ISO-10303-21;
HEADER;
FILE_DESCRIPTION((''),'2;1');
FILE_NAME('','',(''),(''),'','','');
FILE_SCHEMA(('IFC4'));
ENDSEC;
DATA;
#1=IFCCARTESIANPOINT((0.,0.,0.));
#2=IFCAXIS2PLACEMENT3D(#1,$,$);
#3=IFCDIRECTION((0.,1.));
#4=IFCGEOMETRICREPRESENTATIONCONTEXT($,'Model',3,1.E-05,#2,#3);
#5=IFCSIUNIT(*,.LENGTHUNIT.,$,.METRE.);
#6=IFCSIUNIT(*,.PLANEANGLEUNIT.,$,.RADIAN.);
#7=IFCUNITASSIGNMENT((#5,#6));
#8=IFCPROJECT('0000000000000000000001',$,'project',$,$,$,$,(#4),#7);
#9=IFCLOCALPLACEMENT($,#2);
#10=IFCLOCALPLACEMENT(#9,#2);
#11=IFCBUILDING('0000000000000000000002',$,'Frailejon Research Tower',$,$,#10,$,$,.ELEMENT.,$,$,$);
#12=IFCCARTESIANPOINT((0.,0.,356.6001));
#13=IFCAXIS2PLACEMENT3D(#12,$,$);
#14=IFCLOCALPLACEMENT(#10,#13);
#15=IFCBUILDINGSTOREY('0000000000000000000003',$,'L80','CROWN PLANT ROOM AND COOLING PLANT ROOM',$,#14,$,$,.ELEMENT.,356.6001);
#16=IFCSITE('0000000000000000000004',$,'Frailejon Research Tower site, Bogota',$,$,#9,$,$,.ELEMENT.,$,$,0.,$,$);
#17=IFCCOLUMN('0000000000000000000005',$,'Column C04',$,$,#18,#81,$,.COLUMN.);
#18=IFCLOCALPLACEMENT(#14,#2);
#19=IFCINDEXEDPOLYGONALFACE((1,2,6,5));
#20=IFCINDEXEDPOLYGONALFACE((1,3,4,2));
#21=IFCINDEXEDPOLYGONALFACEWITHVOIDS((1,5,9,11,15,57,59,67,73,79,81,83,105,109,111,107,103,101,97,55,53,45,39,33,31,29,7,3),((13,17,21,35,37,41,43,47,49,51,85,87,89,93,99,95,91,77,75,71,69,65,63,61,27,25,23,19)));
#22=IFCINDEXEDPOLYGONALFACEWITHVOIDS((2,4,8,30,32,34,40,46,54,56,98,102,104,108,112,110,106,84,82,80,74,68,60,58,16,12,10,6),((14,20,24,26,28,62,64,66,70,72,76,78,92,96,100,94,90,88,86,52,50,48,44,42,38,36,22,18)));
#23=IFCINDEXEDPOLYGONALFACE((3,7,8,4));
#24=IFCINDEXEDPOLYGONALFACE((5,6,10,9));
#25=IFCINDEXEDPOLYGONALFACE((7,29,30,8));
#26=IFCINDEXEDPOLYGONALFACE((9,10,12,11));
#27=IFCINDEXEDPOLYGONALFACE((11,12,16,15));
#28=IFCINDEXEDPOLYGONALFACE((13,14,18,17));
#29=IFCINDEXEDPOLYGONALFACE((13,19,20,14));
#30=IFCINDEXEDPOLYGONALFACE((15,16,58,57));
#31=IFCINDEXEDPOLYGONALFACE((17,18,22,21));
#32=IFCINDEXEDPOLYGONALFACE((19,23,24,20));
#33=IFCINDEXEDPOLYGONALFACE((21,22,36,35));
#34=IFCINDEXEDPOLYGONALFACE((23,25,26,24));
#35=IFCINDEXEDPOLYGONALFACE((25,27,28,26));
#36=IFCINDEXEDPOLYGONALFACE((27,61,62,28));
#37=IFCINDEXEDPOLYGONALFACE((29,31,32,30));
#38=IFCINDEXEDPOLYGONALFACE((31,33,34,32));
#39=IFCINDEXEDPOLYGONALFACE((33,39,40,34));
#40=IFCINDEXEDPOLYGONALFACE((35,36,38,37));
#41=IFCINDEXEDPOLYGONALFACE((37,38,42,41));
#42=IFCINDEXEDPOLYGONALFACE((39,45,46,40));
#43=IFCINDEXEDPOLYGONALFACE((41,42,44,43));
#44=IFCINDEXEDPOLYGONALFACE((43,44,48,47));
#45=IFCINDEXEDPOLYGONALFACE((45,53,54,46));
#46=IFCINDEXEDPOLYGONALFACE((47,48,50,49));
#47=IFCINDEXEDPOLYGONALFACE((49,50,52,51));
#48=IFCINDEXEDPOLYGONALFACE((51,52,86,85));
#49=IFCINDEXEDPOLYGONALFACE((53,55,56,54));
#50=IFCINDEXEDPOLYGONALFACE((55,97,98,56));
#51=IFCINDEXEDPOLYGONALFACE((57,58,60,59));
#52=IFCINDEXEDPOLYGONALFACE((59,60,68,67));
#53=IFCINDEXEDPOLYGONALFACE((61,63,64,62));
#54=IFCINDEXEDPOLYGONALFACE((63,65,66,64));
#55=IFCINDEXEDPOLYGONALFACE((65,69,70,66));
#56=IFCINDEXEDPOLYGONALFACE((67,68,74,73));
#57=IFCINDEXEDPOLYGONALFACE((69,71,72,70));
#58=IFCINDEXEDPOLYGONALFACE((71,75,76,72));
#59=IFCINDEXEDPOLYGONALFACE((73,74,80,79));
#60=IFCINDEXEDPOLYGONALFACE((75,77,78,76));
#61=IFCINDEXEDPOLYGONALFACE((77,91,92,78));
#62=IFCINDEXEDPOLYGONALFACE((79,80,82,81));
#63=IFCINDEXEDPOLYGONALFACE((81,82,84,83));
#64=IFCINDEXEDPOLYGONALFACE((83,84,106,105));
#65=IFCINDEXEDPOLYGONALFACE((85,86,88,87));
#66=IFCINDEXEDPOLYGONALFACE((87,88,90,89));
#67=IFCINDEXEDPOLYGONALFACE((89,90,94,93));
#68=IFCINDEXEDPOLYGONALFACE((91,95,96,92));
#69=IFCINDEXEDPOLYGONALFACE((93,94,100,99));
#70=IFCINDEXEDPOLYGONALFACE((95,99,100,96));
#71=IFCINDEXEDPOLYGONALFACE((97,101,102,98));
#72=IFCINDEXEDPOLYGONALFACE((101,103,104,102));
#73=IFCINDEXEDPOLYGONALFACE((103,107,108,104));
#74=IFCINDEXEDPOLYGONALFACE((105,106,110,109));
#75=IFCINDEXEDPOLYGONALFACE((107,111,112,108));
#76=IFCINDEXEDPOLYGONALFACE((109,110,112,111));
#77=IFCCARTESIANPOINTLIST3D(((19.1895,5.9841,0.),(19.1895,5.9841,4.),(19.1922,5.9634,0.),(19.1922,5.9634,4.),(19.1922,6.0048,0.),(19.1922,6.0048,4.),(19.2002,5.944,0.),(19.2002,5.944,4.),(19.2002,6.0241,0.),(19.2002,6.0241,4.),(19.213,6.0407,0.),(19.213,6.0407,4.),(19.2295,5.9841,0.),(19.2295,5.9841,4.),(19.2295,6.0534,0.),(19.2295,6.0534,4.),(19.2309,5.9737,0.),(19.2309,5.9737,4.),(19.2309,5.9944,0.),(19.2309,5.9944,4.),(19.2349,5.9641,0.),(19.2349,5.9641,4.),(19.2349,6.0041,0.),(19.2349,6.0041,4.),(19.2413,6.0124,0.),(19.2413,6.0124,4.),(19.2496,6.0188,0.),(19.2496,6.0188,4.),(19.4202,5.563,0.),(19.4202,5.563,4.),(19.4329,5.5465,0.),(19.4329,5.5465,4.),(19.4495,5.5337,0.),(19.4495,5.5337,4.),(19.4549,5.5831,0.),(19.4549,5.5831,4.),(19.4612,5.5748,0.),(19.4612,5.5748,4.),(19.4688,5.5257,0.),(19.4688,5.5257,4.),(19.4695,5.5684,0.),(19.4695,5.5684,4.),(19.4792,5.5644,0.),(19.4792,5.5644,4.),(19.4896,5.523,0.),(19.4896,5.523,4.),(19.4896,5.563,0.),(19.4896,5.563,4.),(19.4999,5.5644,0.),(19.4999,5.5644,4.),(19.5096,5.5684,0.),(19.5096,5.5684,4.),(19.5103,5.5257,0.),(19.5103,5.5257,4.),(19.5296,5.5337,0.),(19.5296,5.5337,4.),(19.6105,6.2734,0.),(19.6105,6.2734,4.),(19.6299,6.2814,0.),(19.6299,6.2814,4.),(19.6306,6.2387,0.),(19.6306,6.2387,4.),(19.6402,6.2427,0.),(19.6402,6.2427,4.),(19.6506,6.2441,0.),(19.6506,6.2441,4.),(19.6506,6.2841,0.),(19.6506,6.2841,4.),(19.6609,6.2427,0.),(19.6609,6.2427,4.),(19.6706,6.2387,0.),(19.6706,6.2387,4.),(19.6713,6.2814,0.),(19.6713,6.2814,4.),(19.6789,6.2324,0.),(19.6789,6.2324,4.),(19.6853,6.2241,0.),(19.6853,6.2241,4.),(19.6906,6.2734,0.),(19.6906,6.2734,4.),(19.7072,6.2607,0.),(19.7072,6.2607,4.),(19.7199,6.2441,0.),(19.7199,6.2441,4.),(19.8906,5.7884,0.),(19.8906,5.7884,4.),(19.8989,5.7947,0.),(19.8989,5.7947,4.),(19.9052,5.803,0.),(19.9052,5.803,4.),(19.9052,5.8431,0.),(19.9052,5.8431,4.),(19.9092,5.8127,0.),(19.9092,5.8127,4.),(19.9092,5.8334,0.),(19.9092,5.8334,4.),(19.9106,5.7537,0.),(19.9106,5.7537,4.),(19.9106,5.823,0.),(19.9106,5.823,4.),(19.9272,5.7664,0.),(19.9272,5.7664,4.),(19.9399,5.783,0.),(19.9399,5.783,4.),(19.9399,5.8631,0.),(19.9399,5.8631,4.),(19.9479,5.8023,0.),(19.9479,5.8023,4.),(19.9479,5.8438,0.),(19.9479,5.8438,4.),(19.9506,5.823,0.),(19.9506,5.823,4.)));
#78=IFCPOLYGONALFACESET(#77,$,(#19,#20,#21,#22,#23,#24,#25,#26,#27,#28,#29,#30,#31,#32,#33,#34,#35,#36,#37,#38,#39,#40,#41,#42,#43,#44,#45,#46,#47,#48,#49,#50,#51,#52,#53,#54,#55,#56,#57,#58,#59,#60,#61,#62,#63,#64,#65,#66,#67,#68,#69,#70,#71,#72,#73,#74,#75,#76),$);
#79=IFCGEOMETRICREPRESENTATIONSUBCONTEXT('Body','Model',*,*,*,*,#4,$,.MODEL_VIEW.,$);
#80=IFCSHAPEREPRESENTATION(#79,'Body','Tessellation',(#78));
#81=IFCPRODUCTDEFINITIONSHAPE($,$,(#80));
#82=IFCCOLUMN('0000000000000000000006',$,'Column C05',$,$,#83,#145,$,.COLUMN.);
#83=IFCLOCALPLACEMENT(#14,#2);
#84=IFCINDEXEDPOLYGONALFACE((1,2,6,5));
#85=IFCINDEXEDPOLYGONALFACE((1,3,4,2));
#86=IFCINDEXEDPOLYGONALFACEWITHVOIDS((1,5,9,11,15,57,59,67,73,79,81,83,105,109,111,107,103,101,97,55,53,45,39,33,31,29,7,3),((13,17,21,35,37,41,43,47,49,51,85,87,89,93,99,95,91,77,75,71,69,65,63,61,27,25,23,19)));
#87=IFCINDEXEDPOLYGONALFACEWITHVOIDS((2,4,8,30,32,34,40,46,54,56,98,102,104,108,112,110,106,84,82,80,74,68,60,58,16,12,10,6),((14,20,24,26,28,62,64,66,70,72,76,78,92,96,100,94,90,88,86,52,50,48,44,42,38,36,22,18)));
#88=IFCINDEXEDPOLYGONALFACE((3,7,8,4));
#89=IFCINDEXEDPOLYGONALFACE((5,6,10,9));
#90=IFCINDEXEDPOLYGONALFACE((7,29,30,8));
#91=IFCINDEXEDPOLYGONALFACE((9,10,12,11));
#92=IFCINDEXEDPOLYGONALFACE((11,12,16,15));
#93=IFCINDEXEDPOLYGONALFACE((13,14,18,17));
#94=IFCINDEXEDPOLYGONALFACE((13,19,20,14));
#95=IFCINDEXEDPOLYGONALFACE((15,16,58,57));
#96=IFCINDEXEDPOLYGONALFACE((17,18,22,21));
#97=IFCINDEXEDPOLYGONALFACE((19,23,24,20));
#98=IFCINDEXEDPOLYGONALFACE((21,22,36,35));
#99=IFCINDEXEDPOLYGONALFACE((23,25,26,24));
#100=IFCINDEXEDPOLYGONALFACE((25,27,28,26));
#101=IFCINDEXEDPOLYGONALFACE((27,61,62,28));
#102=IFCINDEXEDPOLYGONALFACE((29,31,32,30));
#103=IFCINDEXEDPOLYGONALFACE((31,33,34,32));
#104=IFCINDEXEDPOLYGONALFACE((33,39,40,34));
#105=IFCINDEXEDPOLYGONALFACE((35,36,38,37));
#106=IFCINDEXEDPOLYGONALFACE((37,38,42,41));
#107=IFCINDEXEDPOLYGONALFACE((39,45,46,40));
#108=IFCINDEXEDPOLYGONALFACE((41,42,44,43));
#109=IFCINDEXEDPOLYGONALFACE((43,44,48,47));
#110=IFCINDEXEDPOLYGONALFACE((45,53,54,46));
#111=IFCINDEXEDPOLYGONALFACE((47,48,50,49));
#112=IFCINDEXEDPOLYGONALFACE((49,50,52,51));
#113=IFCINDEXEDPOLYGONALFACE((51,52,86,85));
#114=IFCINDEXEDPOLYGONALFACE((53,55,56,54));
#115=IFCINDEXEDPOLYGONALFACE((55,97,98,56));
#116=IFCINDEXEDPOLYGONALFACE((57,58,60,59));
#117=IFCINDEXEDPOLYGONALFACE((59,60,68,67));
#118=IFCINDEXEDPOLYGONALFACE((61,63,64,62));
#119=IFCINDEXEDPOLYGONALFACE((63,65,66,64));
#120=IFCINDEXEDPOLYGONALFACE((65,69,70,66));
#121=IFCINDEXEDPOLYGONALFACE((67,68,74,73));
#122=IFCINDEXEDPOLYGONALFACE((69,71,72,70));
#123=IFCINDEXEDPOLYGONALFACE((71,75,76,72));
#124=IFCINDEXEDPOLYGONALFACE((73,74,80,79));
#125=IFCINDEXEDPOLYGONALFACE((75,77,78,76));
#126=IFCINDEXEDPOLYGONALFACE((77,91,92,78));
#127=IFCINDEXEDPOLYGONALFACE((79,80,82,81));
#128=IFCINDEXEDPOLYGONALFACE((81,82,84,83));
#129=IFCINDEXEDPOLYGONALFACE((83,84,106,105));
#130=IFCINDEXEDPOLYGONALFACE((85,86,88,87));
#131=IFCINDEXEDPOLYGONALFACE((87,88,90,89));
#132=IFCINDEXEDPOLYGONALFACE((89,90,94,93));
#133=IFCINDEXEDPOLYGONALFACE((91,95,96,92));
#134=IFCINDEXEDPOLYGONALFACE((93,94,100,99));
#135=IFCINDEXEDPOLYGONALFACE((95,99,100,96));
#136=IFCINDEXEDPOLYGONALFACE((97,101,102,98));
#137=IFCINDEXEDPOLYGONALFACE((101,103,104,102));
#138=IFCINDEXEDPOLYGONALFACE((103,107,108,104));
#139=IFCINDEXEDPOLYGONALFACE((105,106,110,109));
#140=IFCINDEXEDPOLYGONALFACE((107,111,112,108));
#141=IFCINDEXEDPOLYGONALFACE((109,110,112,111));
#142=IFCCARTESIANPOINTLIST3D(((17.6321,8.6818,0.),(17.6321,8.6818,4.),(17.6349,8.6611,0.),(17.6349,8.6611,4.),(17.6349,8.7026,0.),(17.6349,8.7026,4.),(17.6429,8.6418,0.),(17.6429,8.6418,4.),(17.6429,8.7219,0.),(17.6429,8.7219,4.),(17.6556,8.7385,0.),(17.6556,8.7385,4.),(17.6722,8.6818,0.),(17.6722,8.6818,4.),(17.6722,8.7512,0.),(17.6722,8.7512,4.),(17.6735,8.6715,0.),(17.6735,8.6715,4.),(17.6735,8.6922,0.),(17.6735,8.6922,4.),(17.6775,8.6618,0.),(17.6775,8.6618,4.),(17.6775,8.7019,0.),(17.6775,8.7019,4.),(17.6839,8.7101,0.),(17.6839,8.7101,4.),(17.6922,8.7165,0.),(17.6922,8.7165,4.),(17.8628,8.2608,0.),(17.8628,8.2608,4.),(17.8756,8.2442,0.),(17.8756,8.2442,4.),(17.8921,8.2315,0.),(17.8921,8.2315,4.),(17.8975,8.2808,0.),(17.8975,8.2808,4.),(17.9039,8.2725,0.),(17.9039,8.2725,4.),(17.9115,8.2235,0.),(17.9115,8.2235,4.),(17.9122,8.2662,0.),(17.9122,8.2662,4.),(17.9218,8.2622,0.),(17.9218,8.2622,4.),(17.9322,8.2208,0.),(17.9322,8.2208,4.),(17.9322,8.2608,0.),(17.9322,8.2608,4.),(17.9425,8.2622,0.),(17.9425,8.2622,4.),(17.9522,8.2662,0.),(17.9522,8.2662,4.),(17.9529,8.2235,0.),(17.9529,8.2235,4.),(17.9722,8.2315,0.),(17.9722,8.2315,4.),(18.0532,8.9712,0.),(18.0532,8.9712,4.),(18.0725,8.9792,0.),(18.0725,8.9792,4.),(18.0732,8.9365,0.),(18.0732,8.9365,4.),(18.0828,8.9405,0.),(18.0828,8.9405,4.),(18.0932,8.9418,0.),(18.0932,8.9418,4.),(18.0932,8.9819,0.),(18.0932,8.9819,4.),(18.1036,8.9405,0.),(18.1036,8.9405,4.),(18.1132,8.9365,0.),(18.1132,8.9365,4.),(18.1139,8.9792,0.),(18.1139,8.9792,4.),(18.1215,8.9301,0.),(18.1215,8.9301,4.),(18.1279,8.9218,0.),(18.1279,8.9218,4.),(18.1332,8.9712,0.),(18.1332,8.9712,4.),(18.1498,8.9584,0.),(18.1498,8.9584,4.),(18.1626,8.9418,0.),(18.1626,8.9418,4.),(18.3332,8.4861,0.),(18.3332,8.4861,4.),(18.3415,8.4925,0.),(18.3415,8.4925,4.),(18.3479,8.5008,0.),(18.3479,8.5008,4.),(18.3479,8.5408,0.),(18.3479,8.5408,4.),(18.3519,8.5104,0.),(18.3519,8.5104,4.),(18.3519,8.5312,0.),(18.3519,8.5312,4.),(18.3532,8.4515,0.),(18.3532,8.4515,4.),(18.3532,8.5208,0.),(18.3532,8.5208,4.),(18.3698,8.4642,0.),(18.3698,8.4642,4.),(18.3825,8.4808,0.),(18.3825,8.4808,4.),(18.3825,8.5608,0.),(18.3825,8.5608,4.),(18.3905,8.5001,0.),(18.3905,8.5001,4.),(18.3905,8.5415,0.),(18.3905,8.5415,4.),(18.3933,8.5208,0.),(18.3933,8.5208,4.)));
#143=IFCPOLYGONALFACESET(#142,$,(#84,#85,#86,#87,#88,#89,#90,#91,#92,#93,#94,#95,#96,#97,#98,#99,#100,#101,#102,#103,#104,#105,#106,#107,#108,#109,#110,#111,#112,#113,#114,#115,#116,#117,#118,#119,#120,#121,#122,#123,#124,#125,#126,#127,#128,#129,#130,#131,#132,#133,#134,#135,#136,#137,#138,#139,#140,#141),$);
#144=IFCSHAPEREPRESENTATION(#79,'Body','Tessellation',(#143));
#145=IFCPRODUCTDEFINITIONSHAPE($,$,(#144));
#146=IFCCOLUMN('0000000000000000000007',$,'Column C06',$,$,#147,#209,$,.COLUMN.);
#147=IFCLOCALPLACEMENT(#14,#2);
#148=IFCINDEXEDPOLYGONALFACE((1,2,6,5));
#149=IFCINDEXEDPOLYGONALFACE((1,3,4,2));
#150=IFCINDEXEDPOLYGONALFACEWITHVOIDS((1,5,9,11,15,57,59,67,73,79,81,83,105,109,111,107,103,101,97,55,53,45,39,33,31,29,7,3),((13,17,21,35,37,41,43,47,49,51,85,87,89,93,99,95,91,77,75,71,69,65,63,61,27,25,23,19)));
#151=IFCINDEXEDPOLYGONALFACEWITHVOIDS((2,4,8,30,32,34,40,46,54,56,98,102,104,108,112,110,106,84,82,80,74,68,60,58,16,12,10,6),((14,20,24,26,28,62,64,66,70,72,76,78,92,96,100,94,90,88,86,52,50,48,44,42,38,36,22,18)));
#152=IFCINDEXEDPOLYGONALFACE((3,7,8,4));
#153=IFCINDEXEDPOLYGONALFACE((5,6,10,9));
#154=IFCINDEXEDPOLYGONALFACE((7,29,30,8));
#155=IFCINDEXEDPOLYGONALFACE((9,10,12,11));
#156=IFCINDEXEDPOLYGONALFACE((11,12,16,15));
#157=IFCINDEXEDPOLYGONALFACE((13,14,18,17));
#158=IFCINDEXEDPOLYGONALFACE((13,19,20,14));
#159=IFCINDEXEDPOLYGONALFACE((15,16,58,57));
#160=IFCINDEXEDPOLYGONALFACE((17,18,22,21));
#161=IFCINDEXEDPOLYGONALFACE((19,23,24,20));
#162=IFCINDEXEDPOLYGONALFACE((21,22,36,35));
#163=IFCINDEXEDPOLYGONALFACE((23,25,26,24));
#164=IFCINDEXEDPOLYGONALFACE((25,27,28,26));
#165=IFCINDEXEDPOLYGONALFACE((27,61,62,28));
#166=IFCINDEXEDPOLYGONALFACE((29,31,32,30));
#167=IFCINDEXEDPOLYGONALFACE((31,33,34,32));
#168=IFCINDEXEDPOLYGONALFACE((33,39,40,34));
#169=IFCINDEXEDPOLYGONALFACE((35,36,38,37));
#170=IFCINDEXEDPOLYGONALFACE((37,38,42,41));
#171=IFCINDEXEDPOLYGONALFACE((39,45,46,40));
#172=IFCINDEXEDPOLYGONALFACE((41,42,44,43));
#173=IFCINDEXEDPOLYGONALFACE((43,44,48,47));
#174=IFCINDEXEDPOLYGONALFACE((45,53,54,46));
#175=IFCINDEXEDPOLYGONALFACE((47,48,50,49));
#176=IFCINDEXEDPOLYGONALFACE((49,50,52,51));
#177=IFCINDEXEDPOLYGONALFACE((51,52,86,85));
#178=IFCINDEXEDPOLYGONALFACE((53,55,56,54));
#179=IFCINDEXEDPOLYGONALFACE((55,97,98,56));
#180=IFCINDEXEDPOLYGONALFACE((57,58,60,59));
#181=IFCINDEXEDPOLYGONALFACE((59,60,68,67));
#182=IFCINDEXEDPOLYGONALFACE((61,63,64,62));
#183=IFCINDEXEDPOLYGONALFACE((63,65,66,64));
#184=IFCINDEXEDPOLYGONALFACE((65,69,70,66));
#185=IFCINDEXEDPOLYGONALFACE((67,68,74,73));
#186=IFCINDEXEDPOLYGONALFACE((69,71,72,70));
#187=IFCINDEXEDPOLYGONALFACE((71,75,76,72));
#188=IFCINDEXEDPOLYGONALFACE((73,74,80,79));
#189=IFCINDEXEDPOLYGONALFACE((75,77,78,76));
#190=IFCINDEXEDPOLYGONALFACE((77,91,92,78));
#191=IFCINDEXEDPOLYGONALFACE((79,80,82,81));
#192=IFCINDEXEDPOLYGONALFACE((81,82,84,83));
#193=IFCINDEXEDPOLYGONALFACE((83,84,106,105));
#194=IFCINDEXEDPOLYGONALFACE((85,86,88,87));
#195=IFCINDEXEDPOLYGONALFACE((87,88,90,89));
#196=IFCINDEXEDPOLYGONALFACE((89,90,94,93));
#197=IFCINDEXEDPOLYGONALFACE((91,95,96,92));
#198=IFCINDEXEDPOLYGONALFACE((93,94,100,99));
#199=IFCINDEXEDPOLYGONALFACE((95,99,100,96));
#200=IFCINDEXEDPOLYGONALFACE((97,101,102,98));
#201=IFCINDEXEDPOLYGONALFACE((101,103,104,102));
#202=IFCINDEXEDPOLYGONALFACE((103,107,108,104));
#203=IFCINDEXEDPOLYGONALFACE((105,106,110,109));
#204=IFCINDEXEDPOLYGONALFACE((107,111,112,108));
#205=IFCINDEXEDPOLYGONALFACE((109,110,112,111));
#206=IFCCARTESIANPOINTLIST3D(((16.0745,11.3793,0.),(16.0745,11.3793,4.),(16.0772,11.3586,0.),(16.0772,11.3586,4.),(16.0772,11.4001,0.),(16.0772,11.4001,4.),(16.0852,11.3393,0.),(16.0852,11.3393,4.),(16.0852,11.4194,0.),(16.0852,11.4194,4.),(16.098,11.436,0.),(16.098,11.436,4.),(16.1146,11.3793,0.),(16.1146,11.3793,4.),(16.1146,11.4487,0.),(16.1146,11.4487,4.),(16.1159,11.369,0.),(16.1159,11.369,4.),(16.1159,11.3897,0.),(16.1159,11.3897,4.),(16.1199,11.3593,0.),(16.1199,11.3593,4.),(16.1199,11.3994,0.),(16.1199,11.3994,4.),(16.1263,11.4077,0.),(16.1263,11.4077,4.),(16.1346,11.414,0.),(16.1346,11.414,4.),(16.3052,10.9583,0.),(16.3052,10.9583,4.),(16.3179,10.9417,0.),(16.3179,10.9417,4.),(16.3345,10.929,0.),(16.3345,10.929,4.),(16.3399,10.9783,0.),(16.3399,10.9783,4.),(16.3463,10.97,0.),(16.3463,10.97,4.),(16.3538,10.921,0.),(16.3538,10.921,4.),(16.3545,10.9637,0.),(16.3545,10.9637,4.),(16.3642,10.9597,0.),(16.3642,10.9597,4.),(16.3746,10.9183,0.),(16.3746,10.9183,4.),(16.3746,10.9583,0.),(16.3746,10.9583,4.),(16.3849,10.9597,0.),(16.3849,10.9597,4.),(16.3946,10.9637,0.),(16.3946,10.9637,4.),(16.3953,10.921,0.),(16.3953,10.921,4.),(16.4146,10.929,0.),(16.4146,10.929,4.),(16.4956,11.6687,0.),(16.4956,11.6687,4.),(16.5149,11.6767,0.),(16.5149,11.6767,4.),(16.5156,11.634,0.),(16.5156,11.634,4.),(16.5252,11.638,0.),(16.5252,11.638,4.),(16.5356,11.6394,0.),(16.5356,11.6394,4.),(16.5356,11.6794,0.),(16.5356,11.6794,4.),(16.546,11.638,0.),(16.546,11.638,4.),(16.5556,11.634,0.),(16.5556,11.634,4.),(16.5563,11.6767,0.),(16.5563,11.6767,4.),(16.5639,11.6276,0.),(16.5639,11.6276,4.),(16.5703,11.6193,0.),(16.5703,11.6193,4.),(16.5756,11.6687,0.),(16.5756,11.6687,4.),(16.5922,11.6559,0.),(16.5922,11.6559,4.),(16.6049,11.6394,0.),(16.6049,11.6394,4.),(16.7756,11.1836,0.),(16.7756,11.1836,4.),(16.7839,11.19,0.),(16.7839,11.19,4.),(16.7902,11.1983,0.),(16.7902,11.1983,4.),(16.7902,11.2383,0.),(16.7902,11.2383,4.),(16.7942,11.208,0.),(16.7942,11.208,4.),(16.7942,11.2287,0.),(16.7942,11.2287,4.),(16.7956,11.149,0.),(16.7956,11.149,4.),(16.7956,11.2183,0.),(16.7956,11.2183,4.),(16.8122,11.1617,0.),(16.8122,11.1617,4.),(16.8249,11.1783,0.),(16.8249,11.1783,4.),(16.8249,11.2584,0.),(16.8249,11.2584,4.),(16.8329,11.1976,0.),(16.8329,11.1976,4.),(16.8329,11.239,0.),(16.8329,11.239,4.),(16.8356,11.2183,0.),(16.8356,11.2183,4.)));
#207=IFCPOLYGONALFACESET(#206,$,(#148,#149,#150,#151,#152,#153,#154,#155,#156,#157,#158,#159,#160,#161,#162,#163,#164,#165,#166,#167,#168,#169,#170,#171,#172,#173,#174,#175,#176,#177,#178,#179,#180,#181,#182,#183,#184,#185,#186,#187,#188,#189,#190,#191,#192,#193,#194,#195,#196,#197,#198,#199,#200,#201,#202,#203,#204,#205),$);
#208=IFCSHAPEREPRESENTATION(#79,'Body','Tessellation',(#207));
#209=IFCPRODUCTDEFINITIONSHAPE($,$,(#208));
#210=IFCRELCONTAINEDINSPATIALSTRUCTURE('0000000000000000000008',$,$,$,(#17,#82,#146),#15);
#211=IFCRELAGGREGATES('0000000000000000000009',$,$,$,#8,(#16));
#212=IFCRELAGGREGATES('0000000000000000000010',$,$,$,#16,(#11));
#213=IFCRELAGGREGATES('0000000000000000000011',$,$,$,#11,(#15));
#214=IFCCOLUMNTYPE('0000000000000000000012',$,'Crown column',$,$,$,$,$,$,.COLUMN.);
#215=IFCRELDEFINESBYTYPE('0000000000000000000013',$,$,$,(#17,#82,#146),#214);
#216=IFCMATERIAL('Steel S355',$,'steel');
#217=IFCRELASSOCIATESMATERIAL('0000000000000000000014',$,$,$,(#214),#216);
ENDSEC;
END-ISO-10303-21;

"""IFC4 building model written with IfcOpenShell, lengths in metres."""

from ifc_helpers import new_model, si_unit, direction, frame, origin, origin_2d, place, context, subcontext, project, spatial, hollow_rectangle, extrude, material, material_profile, profile_set, type_object, element, save


model = new_model("IFC4")

# Units and contexts
model_context = context("Model", 3, precision=1e-05, world=origin(), true_north=direction((0.0, 1.0)))
body_context = subcontext(model_context, "Body", "Model", "MODEL_VIEW")
ifc_project = project(units=[si_unit("LENGTHUNIT", "METRE"), si_unit("PLANEANGLEUNIT", "RADIAN")], contexts=[model_context])

# Site, building, storey
site_placement = place(None, origin())
site = spatial("IfcSite", under=ifc_project, at=site_placement, Name="Frailejon Research Tower site, Bogota", CompositionType="ELEMENT", RefElevation=0.0)
building_placement = place(site_placement, origin())
building = spatial("IfcBuilding", under=site, at=building_placement, Name="Frailejon Research Tower", CompositionType="ELEMENT")
storey_placement = place(building_placement, frame((0.0, 0.0, 356.6001)))
storey = spatial("IfcBuildingStorey", under=building, at=storey_placement, Name="L80", Description="CROWN PLANT ROOM AND COOLING PLANT ROOM", CompositionType="ELEMENT", Elevation=356.6001)

# Columns
ifc_material_1 = material(Name="Steel S355", Category="steel")
ifc_material_profile_1 = material_profile(ifc_material_1, hollow_rectangle(XDim=0.6001, YDim=0.6001, WallThickness=0.04, InnerFilletRadius=0.04, OuterFilletRadius=0.0801, at=origin_2d()), Name="Crown column")
ifc_profile_set_1 = profile_set([ifc_material_profile_1], Name="Steel S355")
column_type = type_object("IfcColumnType", Name="Crown column", PredefinedType="COLUMN", material=ifc_profile_set_1)
for number, where, z_axis, x_axis, name in (
    (1, (19.5701, 5.9036, 0.0), (0.0, 0.0, 1.0), (-0.5, 0.866025, 0.0), "Column C04"),
    (2, (18.0127, 8.6013, 0.0), (0.0, 0.0, 1.0), (-0.5, 0.866025, 0.0), "Column C05"),
    (3, (16.4551, 11.2988, 0.0), (0.0, 0.0, 1.0), (-0.5, 0.866025, 0.0), "Column C06"),
):
    element("IfcColumn", number, at=place(storey_placement, frame(where, z_axis=z_axis, x_axis=x_axis)), inside=storey, type_object=column_type, Name=name, PredefinedType="COLUMN", context=body_context, shape_type="SweptSolid", body=[
        extrude(hollow_rectangle(XDim=0.6001, YDim=0.6001, WallThickness=0.04, InnerFilletRadius=0.04, OuterFilletRadius=0.0801, at=origin_2d()), origin(), (0.0, 0.0, 1.0), 4.0),
    ])

save(model, "model.ifc")
